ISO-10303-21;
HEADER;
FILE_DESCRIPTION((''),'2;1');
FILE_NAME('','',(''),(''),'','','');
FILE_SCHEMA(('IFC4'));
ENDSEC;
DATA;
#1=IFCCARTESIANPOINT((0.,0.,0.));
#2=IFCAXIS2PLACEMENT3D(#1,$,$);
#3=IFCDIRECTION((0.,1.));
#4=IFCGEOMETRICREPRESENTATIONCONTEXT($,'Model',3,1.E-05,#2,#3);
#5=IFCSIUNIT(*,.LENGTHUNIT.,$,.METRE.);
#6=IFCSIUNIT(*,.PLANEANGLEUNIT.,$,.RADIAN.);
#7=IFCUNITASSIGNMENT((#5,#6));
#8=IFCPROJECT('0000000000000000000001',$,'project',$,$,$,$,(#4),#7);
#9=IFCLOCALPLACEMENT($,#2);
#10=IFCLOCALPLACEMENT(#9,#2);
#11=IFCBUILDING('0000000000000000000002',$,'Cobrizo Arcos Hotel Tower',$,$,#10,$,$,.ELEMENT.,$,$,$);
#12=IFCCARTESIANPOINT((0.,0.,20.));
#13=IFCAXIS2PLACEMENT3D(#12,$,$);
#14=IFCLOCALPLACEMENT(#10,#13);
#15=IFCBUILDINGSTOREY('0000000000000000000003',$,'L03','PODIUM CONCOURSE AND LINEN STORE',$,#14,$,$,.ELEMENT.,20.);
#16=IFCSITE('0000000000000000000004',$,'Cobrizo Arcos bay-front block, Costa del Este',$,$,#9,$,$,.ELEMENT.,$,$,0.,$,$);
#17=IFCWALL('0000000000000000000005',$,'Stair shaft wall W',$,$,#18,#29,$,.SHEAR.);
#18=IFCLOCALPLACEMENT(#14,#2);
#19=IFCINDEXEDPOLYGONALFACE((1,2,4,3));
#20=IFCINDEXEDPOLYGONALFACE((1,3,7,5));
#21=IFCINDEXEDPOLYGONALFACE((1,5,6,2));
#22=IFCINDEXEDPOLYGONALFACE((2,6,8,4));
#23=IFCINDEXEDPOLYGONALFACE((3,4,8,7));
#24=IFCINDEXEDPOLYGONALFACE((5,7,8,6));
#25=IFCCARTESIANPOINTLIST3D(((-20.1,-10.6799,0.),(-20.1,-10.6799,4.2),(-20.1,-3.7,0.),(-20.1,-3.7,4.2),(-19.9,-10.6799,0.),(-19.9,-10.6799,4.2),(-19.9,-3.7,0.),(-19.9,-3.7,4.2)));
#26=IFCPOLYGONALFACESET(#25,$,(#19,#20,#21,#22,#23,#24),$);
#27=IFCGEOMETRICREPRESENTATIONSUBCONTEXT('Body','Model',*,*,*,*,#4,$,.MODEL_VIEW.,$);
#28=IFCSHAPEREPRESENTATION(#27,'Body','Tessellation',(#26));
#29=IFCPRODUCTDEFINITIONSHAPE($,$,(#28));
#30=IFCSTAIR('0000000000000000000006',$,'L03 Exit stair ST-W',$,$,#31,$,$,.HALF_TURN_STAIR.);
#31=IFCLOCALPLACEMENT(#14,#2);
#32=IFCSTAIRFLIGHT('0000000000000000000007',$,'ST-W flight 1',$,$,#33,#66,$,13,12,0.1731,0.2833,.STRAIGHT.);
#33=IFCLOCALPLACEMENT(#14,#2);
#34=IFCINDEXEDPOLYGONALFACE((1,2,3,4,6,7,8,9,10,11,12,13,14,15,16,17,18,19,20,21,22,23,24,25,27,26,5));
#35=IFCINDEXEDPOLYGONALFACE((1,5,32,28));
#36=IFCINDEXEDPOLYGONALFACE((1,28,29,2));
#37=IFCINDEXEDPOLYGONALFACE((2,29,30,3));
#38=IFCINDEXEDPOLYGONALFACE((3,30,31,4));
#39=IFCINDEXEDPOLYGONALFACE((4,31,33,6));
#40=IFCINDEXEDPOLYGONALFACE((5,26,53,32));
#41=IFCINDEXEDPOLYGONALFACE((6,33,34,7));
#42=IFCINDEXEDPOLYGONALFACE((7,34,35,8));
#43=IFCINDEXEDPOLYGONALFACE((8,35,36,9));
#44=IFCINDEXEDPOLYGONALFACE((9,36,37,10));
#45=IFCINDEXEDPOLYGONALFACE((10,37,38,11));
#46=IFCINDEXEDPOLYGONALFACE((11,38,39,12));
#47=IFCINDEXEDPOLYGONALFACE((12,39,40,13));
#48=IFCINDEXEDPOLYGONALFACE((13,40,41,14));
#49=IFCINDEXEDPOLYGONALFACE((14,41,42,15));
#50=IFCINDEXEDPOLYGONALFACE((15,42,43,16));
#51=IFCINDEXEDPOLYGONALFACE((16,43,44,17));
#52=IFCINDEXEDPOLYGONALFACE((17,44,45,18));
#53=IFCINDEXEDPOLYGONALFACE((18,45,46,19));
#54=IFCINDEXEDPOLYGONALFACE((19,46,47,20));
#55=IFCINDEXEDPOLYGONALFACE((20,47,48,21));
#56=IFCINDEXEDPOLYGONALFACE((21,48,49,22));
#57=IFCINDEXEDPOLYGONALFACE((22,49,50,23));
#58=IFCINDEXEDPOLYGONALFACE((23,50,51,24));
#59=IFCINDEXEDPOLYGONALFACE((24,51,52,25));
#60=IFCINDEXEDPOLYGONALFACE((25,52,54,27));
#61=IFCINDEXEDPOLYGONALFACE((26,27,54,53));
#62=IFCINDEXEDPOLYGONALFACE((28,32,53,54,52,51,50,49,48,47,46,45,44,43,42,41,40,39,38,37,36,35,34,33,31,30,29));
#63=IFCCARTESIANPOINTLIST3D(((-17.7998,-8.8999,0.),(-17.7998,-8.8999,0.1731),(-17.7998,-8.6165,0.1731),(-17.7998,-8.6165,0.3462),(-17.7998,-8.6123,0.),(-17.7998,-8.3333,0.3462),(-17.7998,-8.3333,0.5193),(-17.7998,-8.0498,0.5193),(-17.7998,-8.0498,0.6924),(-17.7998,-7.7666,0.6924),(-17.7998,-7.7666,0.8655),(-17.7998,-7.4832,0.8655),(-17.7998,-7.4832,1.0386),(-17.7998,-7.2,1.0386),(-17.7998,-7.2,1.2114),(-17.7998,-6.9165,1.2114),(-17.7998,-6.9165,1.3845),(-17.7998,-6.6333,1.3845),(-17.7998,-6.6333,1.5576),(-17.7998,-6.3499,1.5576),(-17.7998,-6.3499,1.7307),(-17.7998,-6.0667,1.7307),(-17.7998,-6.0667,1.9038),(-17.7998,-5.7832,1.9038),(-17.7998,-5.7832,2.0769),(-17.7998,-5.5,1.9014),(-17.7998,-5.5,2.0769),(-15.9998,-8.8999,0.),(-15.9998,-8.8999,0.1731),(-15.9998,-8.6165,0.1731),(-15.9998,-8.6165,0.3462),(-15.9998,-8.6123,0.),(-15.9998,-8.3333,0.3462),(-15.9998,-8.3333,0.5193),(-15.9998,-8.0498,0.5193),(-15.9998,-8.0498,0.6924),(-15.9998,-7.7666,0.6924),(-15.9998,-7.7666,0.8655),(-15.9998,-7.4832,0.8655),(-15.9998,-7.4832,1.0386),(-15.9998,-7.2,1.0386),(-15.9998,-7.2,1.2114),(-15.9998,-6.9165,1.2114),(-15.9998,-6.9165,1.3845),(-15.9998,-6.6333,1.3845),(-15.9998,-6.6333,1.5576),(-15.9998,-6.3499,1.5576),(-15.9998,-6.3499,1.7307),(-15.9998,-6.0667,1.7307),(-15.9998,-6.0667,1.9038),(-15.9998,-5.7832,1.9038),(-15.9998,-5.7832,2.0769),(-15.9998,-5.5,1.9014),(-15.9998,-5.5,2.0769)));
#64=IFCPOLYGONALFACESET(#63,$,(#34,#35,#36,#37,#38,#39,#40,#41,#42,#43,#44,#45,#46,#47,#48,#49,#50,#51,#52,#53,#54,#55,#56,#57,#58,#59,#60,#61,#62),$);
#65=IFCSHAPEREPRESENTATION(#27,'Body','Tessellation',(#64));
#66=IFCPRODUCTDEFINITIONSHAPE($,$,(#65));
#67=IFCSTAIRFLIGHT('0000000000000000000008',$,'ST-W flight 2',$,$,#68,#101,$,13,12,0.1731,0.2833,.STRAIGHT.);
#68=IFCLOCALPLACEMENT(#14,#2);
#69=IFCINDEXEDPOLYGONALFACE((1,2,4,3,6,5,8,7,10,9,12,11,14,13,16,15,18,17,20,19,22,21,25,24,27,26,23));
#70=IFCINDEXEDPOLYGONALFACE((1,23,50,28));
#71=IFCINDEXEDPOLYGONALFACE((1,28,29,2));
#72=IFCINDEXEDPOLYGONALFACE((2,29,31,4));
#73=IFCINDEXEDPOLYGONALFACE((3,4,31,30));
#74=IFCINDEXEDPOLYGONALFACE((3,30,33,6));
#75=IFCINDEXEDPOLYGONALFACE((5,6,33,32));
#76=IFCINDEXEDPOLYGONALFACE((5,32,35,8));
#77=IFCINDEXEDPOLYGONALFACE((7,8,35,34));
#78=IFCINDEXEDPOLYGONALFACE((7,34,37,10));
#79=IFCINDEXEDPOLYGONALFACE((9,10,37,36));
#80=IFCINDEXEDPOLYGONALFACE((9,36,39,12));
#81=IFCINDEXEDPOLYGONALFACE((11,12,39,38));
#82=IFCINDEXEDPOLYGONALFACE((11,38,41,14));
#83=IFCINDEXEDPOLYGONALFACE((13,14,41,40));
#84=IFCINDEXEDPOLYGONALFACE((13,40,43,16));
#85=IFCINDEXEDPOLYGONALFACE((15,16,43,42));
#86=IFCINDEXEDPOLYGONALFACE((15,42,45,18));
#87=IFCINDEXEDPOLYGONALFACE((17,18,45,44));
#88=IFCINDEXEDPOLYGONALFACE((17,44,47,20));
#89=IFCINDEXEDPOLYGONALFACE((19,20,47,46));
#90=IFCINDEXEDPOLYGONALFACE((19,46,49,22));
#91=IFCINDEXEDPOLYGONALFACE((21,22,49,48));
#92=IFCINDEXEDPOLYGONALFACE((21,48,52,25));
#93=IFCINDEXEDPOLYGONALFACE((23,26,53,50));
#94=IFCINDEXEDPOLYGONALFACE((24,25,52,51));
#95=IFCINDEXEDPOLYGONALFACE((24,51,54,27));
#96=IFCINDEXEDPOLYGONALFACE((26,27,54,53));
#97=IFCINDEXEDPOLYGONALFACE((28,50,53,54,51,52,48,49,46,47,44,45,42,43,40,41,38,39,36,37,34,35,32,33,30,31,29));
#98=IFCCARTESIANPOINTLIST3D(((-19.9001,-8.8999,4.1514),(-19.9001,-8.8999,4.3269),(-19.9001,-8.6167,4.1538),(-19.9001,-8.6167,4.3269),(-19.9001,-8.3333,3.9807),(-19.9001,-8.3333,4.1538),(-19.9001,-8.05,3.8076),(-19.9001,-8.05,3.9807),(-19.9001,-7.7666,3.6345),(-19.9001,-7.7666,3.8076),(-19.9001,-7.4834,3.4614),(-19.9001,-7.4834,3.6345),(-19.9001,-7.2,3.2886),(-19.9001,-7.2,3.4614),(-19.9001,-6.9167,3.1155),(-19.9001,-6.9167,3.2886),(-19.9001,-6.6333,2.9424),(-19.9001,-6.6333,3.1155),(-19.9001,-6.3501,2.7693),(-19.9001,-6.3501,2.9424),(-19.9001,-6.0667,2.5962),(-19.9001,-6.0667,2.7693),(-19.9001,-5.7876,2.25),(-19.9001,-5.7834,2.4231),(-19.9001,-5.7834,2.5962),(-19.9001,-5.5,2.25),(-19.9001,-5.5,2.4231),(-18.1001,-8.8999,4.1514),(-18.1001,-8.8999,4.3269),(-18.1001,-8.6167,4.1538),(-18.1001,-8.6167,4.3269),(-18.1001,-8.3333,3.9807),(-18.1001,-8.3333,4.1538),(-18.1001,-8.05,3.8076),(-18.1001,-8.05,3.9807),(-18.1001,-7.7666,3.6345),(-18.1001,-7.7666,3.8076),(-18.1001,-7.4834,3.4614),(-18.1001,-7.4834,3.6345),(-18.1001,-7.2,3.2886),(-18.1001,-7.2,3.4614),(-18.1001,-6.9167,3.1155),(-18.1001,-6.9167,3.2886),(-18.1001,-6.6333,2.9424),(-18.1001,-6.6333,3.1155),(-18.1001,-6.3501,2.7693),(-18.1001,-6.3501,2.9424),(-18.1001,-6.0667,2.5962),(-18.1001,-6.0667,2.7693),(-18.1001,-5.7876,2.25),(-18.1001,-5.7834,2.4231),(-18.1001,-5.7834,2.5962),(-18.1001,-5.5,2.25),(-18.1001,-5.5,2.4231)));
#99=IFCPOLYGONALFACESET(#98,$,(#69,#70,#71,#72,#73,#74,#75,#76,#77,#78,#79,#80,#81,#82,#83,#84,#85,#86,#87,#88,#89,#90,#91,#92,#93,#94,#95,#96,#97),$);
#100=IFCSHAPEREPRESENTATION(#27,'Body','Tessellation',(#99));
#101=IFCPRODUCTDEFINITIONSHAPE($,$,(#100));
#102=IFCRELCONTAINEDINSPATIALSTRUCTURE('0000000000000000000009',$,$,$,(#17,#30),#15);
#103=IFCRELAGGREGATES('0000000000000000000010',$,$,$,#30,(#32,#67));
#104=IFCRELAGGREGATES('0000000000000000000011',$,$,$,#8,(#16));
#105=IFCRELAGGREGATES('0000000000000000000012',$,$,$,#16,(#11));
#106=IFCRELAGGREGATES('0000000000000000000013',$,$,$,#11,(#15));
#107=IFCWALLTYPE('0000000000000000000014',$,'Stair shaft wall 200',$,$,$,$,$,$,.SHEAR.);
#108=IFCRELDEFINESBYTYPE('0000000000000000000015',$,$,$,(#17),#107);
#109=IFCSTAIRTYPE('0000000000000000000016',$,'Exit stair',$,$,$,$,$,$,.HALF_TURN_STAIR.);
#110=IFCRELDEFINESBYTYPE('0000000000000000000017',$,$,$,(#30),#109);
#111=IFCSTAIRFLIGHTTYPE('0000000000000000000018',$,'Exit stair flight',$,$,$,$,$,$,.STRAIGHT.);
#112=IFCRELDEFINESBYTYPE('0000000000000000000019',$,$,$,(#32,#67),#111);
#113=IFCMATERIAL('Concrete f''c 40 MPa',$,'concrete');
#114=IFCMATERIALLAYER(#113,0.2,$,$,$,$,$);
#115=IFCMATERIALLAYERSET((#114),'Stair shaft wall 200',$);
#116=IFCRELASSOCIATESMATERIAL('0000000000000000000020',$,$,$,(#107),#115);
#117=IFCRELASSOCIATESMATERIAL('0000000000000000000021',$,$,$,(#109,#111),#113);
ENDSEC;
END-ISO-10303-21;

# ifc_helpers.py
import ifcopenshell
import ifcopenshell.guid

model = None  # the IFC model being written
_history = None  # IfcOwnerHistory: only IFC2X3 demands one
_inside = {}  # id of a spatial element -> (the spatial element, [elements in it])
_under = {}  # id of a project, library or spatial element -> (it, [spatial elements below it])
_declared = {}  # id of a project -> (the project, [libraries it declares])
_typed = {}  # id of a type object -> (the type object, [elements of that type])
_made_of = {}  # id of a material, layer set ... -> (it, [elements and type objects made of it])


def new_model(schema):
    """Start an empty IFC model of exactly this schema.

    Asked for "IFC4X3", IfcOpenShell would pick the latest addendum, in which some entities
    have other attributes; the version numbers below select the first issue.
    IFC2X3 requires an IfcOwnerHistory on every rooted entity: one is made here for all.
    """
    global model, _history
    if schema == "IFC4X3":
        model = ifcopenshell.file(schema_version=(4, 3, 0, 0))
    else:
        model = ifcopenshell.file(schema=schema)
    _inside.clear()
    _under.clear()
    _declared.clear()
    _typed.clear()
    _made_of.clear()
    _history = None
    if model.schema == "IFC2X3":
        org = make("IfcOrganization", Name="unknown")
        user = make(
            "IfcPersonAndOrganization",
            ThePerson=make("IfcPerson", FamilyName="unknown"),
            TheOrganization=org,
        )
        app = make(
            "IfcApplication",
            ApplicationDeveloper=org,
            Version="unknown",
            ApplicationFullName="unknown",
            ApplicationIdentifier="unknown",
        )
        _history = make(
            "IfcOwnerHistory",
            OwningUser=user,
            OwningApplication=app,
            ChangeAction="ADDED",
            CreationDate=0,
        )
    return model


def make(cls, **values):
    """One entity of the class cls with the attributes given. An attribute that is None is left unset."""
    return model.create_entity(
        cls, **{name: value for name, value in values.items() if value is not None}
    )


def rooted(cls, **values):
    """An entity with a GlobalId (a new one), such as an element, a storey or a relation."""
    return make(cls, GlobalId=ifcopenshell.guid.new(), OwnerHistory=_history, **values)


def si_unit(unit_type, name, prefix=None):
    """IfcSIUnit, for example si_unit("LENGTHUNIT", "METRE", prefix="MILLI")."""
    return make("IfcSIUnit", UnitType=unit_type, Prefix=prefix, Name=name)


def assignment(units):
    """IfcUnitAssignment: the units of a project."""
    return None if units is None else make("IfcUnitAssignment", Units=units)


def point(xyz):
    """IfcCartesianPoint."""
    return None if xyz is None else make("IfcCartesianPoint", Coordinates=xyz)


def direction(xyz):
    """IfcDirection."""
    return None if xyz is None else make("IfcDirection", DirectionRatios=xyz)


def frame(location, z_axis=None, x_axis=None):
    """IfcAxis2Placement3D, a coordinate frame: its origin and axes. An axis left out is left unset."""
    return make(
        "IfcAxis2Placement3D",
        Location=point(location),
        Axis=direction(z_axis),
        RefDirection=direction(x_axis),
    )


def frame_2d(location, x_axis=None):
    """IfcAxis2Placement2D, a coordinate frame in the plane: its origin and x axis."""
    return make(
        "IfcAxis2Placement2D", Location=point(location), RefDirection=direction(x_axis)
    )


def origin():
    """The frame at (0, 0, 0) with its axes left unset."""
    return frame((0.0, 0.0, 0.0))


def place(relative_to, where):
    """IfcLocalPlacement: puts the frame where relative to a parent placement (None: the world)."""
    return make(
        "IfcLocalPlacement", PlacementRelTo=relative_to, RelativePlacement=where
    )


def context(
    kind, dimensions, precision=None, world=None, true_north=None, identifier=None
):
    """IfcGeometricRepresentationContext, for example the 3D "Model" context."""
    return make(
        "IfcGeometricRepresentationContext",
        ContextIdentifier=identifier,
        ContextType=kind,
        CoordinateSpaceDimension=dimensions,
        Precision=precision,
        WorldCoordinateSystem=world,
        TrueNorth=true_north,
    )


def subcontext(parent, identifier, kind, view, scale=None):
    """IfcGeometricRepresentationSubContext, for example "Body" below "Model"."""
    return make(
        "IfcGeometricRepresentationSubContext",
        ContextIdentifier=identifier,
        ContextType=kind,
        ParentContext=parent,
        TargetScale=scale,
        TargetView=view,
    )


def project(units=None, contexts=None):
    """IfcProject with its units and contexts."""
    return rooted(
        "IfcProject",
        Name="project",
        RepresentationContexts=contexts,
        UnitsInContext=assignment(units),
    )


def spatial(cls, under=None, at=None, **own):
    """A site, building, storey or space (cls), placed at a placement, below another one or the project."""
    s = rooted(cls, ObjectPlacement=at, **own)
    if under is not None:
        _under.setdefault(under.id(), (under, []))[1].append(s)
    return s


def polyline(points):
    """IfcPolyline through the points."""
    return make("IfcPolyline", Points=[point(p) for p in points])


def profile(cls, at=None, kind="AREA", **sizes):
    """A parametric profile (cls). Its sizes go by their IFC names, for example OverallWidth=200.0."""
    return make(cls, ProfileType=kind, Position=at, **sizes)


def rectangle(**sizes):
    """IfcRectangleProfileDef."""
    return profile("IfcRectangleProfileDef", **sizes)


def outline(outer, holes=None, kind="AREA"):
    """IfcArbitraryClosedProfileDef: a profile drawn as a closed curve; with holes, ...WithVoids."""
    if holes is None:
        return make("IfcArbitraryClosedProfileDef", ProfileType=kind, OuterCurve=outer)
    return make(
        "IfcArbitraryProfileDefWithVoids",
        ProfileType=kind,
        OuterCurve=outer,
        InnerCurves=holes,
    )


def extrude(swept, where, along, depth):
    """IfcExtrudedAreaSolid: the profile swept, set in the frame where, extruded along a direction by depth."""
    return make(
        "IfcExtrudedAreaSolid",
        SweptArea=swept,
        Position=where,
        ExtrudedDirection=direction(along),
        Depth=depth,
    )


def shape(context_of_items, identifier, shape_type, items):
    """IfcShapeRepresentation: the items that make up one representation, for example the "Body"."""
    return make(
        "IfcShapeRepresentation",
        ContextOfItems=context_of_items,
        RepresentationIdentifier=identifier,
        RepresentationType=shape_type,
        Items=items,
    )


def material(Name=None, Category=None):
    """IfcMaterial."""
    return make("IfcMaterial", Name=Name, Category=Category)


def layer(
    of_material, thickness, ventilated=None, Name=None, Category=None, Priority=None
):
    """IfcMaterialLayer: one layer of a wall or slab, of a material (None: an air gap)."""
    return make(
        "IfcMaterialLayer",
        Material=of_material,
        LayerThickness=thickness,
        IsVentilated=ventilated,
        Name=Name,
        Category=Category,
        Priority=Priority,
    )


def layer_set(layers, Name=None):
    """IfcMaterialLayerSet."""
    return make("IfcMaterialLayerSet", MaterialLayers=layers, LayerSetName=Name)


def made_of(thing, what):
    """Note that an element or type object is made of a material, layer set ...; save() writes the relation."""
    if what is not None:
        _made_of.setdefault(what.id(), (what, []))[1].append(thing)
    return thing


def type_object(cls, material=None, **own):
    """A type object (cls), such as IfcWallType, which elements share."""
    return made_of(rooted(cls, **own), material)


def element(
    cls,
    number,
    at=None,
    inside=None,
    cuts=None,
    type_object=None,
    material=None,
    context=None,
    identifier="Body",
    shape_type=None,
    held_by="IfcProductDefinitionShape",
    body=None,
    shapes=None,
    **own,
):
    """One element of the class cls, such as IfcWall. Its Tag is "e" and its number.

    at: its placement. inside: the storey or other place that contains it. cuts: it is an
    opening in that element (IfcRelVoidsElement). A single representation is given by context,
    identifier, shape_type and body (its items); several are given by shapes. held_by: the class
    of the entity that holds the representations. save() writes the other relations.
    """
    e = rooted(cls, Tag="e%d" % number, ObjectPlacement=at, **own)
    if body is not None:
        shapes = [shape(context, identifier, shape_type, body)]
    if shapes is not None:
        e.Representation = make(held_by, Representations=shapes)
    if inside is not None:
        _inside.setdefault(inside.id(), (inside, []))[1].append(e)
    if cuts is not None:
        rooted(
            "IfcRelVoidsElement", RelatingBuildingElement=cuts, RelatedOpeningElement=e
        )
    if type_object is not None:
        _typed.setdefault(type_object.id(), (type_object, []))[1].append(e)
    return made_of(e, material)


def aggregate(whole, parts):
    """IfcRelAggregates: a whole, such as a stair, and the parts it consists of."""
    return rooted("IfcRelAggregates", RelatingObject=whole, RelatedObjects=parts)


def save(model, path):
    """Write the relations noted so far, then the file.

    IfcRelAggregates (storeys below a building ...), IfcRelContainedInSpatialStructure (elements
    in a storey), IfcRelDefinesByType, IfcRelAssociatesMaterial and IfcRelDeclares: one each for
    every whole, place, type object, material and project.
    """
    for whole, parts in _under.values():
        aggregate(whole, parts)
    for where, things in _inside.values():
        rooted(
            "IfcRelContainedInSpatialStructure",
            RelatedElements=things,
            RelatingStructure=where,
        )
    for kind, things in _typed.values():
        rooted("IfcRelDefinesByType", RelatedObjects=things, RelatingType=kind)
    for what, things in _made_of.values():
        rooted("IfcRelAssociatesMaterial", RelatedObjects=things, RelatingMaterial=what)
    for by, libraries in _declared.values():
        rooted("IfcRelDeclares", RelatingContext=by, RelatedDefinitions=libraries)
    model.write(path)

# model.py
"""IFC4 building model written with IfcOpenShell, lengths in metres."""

from ifc_helpers import new_model, si_unit, direction, frame, frame_2d, origin, place, context, subcontext, project, spatial, polyline, rectangle, outline, extrude, material, layer, layer_set, type_object, element, aggregate, save


model = new_model("IFC4")

# Units and contexts
model_context = context("Model", 3, precision=1e-05, world=origin(), true_north=direction((0.0, 1.0)))
body_context = subcontext(model_context, "Body", "Model", "MODEL_VIEW")
ifc_project = project(units=[si_unit("LENGTHUNIT", "METRE"), si_unit("PLANEANGLEUNIT", "RADIAN")], contexts=[model_context])

# Site, building, storey
site_placement = place(None, origin())
site = spatial("IfcSite", under=ifc_project, at=site_placement, Name="Cobrizo Arcos bay-front block, Costa del Este", CompositionType="ELEMENT", RefElevation=0.0)
building_placement = place(site_placement, origin())
building = spatial("IfcBuilding", under=site, at=building_placement, Name="Cobrizo Arcos Hotel Tower", CompositionType="ELEMENT")
storey_placement = place(building_placement, frame((0.0, 0.0, 20.0)))
storey = spatial("IfcBuildingStorey", under=building, at=storey_placement, Name="L03", Description="PODIUM CONCOURSE AND LINEN STORE", CompositionType="ELEMENT", Elevation=20.0)

# Wall
ifc_material_1 = material(Name="Concrete f'c 40 MPa", Category="concrete")
ifc_layer_1 = layer(ifc_material_1, 0.2)
ifc_layer_set_1 = layer_set([ifc_layer_1], Name="Stair shaft wall 200")
wall_type_1 = type_object("IfcWallType", Name="Stair shaft wall 200", PredefinedType="SHEAR", material=ifc_layer_set_1)
wall_1_placement = place(storey_placement, frame((-20.0, -10.6799, 0.0), z_axis=(0.0, 0.0, 1.0), x_axis=(0.0, 1.0, 0.0)))
element("IfcWall", 1, at=wall_1_placement, inside=storey, type_object=wall_type_1, Name="Stair shaft wall W", PredefinedType="SHEAR", context=body_context, shape_type="SweptSolid", body=[
    extrude(rectangle(XDim=6.98, YDim=0.2, at=frame_2d((3.49, 0.0))), origin(), (0.0, 0.0, 1.0), 4.2),
])

# Stair, stair flights
stair_type = type_object("IfcStairType", Name="Exit stair", PredefinedType="HALF_TURN_STAIR", material=ifc_material_1)
stair_placement = place(storey_placement, origin())
stair = element("IfcStair", 2, at=stair_placement, inside=storey, type_object=stair_type, Name="L03 Exit stair ST-W", PredefinedType="HALF_TURN_STAIR")
stair_flight_type = type_object("IfcStairFlightType", Name="Exit stair flight", PredefinedType="STRAIGHT", material=ifc_material_1)
stair_flight_1_placement = place(storey_placement, frame((-16.8999, -8.8999, 0.0), z_axis=(0.0, 0.0, 1.0), x_axis=(0.0, 1.0, 0.0)))
stair_flight_1 = element("IfcStairFlight", 3, at=stair_flight_1_placement, type_object=stair_flight_type, Name="ST-W flight 1", NumberOfRisers=13, NumberOfTreads=12, PredefinedType="STRAIGHT", RiserHeight=0.1731, TreadLength=0.2833, context=body_context, shape_type="SweptSolid", body=[
    extrude(outline(polyline([(0.0, 0.0), (0.0, 0.1731), (0.2834, 0.1731), (0.2834, 0.3462), (0.5667, 0.3462), (0.5667, 0.5193), (0.8501, 0.5193), (0.8501, 0.6924), (1.1333, 0.6924), (1.1333, 0.8655), (1.4167, 0.8655), (1.4167, 1.0386), (1.7, 1.0386), (1.7, 1.2114), (1.9834, 1.2114), (1.9834, 1.3845), (2.2666, 1.3845), (2.2666, 1.5576), (2.55, 1.5576), (2.55, 1.7307), (2.8333, 1.7307), (2.8333, 1.9038), (3.1167, 1.9038), (3.1167, 2.0769), (3.3999, 2.0769), (3.3999, 2.25), (3.3999, 1.9014), (0.2876, 0.0), (0.0, 0.0)])), frame((0.0, 0.8999, 0.0), z_axis=(0.0, -1.0, 0.0), x_axis=(1.0, 0.0, 0.0)), (0.0, 0.0, 1.0), 1.8),
])
stair_flight_2_placement = place(storey_placement, frame((-19.0, -5.5, 2.25), z_axis=(0.0, 0.0, 1.0), x_axis=(0.0, -1.0, 0.0)))
stair_flight_2 = element("IfcStairFlight", 4, at=stair_flight_2_placement, type_object=stair_flight_type, Name="ST-W flight 2", NumberOfRisers=13, NumberOfTreads=12, PredefinedType="STRAIGHT", RiserHeight=0.1731, TreadLength=0.2833, context=body_context, shape_type="SweptSolid", body=[
    extrude(outline(polyline([(0.0, 0.0), (0.0, 0.1731), (0.2834, 0.1731), (0.2834, 0.3462), (0.5667, 0.3462), (0.5667, 0.5193), (0.8501, 0.5193), (0.8501, 0.6924), (1.1333, 0.6924), (1.1333, 0.8655), (1.4167, 0.8655), (1.4167, 1.0386), (1.7, 1.0386), (1.7, 1.2114), (1.9834, 1.2114), (1.9834, 1.3845), (2.2666, 1.3845), (2.2666, 1.5576), (2.55, 1.5576), (2.55, 1.7307), (2.8333, 1.7307), (2.8333, 1.9038), (3.1167, 1.9038), (3.1167, 2.0769), (3.3999, 2.0769), (3.3999, 2.25), (3.3999, 1.9014), (0.2876, 0.0), (0.0, 0.0)])), frame((0.0, 0.8999, 0.0), z_axis=(0.0, -1.0, 0.0), x_axis=(1.0, 0.0, 0.0)), (0.0, 0.0, 1.0), 1.8),
])
aggregate(stair, [stair_flight_1, stair_flight_2])

save(model, "model.ifc")
